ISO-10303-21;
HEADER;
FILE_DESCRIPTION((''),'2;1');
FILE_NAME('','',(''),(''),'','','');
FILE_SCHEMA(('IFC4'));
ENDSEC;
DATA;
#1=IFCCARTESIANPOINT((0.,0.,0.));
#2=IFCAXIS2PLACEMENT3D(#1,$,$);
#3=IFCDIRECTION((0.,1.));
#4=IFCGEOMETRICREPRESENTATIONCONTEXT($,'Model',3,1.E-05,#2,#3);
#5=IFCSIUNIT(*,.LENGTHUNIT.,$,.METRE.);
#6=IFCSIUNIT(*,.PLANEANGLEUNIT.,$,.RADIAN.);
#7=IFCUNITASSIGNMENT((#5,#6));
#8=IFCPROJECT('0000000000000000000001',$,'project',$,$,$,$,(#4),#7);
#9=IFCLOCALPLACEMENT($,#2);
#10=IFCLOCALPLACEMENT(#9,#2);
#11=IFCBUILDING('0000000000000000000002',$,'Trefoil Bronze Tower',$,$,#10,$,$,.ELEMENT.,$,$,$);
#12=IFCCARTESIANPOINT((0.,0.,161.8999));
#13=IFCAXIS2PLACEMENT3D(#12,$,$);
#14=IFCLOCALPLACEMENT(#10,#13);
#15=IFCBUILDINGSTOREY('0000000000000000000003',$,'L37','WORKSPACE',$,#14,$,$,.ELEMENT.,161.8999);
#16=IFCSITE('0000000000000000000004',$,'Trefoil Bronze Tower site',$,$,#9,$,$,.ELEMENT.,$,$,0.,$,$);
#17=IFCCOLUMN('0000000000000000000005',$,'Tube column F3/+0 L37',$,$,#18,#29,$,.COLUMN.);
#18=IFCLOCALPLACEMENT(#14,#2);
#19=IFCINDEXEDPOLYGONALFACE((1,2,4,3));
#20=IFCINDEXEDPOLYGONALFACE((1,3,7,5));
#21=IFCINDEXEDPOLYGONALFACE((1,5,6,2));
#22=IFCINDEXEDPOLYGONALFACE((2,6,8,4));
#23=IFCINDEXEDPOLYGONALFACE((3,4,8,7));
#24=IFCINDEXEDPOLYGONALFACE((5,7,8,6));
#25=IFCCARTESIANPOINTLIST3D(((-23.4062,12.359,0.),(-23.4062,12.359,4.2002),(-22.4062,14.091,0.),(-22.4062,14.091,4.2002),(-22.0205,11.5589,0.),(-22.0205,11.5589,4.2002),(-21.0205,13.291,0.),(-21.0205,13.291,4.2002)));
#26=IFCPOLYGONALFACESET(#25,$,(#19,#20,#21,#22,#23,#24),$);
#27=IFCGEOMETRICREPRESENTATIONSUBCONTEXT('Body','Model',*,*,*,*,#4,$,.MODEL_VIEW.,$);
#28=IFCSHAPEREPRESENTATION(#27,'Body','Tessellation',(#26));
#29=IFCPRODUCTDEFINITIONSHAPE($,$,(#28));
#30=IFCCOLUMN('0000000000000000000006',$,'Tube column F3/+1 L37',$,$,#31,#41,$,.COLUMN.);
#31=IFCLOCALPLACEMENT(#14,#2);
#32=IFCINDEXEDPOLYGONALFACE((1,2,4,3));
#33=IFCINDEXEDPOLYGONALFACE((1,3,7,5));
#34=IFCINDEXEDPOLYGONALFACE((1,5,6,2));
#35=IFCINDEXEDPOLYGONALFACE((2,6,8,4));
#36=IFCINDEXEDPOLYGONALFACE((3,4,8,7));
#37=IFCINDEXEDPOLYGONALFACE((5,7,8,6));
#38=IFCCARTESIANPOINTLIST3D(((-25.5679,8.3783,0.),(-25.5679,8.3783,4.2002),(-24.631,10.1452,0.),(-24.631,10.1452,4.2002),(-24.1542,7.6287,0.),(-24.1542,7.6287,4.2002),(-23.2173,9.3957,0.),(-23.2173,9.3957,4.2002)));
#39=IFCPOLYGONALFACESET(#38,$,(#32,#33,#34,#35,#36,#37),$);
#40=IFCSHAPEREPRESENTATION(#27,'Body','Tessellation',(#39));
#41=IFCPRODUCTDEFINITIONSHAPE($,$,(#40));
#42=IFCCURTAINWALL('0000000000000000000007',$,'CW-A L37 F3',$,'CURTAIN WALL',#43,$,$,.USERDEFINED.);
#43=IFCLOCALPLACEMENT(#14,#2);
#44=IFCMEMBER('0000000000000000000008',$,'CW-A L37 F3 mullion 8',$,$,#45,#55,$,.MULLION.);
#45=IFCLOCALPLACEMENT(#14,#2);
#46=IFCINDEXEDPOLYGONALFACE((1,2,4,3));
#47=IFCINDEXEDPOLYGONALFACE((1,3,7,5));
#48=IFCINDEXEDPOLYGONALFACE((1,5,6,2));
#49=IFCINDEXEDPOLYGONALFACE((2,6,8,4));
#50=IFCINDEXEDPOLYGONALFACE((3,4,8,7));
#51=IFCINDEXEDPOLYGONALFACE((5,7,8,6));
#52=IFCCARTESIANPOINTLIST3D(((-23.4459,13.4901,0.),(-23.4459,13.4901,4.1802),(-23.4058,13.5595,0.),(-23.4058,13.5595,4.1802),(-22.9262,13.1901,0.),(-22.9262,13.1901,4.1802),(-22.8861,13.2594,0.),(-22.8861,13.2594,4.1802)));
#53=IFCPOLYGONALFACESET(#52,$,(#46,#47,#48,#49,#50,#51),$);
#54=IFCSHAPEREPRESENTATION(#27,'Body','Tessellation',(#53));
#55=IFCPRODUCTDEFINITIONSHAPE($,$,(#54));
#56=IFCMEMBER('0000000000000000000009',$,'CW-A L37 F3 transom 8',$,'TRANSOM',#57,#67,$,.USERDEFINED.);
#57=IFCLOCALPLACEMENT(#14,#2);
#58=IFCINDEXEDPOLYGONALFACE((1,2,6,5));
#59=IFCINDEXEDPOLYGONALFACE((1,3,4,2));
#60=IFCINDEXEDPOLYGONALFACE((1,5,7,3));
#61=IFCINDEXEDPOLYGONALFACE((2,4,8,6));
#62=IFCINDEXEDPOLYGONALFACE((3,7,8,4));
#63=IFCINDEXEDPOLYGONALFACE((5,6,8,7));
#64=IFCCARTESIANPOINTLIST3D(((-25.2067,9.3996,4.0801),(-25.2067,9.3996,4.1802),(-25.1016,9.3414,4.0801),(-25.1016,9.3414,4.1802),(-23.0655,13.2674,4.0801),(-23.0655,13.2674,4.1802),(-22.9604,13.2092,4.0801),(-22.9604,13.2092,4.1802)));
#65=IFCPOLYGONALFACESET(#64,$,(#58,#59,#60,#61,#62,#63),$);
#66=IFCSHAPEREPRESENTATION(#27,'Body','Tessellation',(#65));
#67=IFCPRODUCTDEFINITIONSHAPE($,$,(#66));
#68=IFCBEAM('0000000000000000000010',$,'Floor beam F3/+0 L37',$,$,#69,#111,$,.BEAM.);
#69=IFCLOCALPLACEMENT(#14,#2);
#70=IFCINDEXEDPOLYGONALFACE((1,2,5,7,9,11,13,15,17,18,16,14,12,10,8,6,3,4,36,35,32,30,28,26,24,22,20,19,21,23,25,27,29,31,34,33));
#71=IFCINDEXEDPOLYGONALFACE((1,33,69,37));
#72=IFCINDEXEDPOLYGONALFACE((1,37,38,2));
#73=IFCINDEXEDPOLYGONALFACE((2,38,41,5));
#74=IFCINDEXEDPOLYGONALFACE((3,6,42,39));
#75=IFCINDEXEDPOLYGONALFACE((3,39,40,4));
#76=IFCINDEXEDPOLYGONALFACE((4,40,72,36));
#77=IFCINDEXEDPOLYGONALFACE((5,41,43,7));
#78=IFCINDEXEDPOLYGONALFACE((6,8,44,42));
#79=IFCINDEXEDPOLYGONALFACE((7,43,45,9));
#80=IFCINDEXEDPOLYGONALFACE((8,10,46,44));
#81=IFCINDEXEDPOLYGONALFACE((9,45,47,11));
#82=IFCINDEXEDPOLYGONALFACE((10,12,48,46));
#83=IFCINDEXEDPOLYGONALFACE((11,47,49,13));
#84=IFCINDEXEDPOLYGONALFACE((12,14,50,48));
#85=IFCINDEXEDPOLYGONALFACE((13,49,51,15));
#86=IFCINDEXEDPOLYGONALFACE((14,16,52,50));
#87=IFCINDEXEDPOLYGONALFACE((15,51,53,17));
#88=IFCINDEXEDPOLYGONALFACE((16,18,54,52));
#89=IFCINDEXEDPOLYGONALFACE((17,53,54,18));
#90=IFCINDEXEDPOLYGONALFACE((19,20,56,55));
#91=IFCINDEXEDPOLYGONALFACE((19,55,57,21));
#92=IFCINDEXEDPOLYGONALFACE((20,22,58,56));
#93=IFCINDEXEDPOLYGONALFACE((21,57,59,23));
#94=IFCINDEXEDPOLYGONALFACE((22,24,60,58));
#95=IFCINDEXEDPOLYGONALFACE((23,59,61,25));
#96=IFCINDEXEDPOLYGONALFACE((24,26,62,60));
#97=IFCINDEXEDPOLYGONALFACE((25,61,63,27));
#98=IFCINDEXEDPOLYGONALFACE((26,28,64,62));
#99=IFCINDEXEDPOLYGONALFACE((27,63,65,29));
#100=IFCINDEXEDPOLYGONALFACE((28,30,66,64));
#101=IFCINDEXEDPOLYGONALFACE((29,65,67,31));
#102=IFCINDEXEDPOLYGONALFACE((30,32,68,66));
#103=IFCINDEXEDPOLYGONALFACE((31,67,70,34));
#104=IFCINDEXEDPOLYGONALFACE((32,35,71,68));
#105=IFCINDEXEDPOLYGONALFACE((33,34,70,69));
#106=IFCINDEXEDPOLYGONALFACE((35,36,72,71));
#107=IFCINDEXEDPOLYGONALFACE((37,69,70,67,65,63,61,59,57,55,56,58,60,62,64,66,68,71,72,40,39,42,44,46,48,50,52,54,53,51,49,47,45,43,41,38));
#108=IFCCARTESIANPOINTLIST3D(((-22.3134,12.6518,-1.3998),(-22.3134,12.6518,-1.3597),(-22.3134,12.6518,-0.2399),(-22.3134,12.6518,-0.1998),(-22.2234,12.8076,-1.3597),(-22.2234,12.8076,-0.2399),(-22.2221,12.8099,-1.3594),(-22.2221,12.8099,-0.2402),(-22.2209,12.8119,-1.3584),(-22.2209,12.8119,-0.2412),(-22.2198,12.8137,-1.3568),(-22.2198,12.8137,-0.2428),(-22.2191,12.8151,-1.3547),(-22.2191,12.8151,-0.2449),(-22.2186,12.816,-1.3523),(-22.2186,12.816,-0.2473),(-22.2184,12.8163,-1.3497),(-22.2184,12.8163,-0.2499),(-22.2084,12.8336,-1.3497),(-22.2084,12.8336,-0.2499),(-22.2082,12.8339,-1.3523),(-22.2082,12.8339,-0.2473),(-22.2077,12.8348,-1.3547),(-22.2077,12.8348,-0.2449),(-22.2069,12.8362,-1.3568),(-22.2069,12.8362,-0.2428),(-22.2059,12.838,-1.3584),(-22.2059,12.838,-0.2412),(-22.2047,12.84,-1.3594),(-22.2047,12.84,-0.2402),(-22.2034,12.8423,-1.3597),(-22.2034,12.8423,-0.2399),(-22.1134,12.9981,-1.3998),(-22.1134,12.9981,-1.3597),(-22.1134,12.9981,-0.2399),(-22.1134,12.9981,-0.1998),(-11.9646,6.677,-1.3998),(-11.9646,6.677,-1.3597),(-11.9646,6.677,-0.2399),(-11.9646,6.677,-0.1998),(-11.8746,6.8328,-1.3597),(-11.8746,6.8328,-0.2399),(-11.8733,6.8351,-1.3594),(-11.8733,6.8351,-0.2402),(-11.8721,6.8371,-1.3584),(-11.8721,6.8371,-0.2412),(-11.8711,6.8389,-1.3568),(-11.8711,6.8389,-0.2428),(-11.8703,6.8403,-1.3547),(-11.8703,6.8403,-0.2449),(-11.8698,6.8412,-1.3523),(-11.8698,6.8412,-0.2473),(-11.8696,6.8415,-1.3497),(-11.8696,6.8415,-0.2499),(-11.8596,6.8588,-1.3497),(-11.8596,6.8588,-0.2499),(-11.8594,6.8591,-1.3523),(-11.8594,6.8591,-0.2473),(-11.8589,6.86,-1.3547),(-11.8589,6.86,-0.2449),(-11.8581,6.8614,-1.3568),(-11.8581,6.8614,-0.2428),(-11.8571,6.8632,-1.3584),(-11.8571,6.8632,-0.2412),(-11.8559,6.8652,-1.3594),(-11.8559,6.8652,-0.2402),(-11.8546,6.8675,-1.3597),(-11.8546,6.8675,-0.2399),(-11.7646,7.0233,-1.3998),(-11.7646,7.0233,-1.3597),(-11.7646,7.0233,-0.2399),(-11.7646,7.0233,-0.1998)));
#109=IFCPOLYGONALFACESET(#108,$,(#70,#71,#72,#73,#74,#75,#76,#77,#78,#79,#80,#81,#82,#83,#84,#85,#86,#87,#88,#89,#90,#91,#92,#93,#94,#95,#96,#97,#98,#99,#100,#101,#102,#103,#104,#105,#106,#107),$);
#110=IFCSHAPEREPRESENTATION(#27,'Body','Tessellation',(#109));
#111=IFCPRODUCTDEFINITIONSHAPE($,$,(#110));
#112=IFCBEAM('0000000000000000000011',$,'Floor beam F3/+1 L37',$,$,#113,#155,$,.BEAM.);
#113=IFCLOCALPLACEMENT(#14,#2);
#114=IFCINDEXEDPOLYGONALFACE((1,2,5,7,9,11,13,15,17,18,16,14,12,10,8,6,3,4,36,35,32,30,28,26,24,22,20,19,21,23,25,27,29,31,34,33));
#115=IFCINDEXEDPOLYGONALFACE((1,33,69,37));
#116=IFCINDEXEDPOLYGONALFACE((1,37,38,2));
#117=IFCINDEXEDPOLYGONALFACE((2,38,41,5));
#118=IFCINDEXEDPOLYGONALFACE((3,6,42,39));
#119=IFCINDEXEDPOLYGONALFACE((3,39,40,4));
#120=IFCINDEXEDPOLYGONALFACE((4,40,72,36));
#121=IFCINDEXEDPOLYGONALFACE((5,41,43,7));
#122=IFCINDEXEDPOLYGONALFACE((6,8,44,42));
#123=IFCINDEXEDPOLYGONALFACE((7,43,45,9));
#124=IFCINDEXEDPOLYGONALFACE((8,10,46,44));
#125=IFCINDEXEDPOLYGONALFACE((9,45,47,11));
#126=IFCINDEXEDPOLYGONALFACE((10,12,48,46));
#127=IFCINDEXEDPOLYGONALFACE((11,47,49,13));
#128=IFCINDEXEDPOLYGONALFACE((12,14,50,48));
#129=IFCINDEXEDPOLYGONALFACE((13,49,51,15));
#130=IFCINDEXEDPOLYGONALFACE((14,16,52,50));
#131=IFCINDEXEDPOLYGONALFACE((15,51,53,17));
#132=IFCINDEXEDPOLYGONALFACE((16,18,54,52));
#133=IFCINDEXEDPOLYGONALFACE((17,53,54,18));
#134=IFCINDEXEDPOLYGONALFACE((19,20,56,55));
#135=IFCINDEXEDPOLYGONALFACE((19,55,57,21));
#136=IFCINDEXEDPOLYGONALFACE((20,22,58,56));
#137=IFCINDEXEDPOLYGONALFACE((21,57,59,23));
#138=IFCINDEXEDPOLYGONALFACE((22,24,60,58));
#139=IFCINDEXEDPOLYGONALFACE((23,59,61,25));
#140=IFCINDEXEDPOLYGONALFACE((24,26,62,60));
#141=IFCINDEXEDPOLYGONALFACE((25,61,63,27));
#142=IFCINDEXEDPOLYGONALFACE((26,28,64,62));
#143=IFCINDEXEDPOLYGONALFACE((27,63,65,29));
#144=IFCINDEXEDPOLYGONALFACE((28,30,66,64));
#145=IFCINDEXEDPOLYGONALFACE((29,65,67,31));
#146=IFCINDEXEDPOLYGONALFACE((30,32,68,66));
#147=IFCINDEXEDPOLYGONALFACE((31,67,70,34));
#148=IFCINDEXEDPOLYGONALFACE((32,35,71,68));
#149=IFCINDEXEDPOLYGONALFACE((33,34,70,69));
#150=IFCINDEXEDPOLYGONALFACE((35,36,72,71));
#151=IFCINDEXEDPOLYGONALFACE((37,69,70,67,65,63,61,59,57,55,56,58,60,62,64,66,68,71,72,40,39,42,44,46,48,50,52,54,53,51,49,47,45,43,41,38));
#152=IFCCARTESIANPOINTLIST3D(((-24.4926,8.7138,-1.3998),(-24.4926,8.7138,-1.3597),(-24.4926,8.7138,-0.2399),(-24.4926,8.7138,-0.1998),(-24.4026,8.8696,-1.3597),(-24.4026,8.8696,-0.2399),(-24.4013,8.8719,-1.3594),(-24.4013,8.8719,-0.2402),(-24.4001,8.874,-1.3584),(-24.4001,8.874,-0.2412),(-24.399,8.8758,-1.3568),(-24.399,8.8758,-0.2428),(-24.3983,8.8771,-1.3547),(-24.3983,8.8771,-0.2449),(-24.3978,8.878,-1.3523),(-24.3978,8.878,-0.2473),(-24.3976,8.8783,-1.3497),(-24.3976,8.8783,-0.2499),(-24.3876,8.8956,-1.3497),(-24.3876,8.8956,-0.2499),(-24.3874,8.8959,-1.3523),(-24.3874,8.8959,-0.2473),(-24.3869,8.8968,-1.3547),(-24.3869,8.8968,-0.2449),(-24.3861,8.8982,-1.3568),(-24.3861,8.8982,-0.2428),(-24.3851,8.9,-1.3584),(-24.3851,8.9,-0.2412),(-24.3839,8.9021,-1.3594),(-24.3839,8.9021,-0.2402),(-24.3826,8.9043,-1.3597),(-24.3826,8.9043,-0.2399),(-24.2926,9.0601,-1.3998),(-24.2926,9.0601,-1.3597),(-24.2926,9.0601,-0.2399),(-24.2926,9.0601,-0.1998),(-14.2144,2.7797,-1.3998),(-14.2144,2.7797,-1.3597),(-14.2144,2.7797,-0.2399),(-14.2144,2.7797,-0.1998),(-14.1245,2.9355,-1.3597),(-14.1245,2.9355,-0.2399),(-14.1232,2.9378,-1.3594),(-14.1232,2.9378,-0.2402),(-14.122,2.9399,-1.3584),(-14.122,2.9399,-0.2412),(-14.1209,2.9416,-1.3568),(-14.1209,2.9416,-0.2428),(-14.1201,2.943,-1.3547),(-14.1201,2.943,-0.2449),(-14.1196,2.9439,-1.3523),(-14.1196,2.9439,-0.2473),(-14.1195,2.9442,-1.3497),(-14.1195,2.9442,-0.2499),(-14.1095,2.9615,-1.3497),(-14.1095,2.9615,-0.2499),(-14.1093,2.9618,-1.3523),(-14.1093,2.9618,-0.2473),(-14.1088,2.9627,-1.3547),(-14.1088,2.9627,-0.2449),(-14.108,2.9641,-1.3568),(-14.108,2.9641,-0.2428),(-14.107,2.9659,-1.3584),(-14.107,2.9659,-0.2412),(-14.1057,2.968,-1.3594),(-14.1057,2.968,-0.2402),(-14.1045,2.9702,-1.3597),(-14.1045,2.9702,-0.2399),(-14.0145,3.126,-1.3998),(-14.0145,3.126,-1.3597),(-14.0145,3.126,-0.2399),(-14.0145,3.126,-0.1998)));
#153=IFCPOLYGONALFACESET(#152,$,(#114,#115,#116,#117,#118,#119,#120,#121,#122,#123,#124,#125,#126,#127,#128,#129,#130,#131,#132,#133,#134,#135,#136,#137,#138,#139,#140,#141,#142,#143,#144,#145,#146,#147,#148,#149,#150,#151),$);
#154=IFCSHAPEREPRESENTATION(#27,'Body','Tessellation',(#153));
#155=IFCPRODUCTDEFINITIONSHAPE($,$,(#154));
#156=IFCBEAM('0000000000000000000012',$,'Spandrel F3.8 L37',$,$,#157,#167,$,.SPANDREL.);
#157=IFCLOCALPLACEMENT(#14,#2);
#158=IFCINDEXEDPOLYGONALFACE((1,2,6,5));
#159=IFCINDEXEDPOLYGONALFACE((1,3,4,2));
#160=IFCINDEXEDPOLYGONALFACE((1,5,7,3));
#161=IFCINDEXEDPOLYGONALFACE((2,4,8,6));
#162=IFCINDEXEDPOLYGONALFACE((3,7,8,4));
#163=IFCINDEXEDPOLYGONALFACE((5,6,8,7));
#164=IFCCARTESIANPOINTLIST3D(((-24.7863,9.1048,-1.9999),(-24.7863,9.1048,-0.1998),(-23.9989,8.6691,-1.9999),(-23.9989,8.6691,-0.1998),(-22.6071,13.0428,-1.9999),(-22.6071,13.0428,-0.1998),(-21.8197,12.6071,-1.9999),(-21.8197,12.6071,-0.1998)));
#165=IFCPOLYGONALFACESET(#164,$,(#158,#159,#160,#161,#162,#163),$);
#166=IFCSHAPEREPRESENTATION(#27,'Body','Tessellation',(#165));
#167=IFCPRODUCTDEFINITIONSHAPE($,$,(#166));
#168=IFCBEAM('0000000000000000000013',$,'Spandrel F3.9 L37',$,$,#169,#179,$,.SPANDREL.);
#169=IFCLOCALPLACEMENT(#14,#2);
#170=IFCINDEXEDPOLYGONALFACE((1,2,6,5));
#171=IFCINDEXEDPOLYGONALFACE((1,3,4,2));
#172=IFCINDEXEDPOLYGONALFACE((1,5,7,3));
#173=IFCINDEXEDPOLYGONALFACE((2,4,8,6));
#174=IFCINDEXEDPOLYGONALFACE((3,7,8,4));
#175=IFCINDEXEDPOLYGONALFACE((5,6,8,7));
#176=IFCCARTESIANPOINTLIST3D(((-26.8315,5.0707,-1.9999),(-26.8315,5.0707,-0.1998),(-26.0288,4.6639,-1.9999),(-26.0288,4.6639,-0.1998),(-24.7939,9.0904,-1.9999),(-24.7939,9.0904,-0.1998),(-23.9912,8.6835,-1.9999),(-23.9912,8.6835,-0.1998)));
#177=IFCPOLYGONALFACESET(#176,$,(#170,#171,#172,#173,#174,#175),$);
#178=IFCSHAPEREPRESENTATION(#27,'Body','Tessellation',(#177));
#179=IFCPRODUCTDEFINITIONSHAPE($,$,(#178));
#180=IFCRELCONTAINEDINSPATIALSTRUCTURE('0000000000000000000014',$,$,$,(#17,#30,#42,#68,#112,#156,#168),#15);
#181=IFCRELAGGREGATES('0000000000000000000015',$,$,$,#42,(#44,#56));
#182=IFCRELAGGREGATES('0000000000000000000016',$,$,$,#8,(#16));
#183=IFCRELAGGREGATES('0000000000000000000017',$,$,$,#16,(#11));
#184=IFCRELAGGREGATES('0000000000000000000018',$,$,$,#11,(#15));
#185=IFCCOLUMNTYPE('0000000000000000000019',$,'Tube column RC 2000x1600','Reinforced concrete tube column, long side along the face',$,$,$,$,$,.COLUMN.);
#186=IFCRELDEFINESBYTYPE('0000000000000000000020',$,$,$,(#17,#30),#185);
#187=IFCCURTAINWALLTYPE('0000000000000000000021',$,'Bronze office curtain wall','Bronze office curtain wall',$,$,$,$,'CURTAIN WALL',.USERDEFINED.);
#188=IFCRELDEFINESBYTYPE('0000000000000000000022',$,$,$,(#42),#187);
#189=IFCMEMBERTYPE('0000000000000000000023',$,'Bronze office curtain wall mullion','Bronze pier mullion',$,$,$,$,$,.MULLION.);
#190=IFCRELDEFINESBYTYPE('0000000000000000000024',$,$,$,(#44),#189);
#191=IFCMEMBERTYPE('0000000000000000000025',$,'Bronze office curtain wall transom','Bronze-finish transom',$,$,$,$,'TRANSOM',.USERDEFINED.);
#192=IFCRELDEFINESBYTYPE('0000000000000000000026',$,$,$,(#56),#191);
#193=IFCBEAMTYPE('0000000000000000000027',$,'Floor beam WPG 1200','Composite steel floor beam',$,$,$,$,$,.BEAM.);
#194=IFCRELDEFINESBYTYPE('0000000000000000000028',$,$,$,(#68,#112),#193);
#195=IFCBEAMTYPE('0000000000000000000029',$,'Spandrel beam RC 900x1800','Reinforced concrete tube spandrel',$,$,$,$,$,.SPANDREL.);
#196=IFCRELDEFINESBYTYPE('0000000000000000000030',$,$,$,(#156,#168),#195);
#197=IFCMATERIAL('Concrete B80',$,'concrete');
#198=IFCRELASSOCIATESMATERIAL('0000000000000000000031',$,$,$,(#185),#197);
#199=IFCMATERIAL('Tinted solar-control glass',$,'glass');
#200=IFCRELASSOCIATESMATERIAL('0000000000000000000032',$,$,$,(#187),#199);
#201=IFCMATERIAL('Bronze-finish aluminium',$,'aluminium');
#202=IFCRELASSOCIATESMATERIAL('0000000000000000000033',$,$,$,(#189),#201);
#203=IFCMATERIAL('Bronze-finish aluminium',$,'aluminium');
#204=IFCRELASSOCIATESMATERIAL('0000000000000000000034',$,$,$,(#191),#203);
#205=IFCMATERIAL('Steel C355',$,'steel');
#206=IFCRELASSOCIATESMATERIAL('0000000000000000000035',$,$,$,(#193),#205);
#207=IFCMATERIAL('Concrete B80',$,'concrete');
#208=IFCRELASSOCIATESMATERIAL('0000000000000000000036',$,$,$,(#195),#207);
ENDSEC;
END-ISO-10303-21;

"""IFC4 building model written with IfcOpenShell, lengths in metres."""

from ifc_helpers import new_model, si_unit, direction, frame, origin, origin_2d, place, context, subcontext, project, spatial, rectangle, i_section, extrude, material, material_profile, profile_set, type_object, element, aggregate, save


model = new_model("IFC4")

# Units and contexts
model_context = context("Model", 3, precision=1e-05, world=origin(), true_north=direction((0.0, 1.0)))
body_context = subcontext(model_context, "Body", "Model", "MODEL_VIEW")
ifc_project = project(units=[si_unit("LENGTHUNIT", "METRE"), si_unit("PLANEANGLEUNIT", "RADIAN")], contexts=[model_context])

# Site, building, storey
site_placement = place(None, origin())
site = spatial("IfcSite", under=ifc_project, at=site_placement, Name="Trefoil Bronze Tower site", CompositionType="ELEMENT", RefElevation=0.0)
building_placement = place(site_placement, origin())
building = spatial("IfcBuilding", under=site, at=building_placement, Name="Trefoil Bronze Tower", CompositionType="ELEMENT")
storey_placement = place(building_placement, frame((0.0, 0.0, 161.8999)))
storey = spatial("IfcBuildingStorey", under=building, at=storey_placement, Name="L37", Description="WORKSPACE", CompositionType="ELEMENT", Elevation=161.8999)

# Columns
ifc_material_1 = material(Name="Concrete B80", Category="concrete")
ifc_material_profile_1 = material_profile(ifc_material_1, rectangle(XDim=2.0, YDim=1.6001, at=origin_2d()), Name="RC 2000x1600")
ifc_profile_set_1 = profile_set([ifc_material_profile_1], Name="Concrete B80")
column_type = type_object("IfcColumnType", Name="Tube column RC 2000x1600", Description="Reinforced concrete tube column, long side along the face", PredefinedType="COLUMN", material=ifc_profile_set_1)
for number, where, z_axis, x_axis, name in (
    (1, (-22.2134, 12.825, 0.0), (0.0, 0.0, 1.0), (-0.5, -0.866025, 0.0), "Tube column F3/+0 L37"),
    (2, (-24.3926, 8.887, 0.0), (0.0, 0.0, 1.0), (-0.468457, -0.883486, 0.0), "Tube column F3/+1 L37"),
):
    element("IfcColumn", number, at=place(storey_placement, frame(where, z_axis=z_axis, x_axis=x_axis)), inside=storey, type_object=column_type, Name=name, PredefinedType="COLUMN", context=body_context, shape_type="SweptSolid", body=[
        extrude(rectangle(XDim=2.0, YDim=1.6001, at=origin_2d()), origin(), (0.0, 0.0, 1.0), 4.2002),
    ])

# Curtain wall, members
ifc_material_2 = material(Name="Tinted solar-control glass", Category="glass")
curtain_wall_type = type_object("IfcCurtainWallType", Name="Bronze office curtain wall", Description="Bronze office curtain wall", ElementType="CURTAIN WALL", PredefinedType="USERDEFINED", material=ifc_material_2)
curtain_wall_placement = place(storey_placement, origin())
curtain_wall = element("IfcCurtainWall", 3, at=curtain_wall_placement, inside=storey, type_object=curtain_wall_type, Name="CW-A L37 F3", ObjectType="CURTAIN WALL", PredefinedType="USERDEFINED")
ifc_material_3 = material(Name="Bronze-finish aluminium", Category="aluminium")
ifc_material_profile_2 = material_profile(ifc_material_3, rectangle(XDim=0.6001, YDim=0.0801, at=origin_2d()), Name="CW-A mullion")
ifc_profile_set_2 = profile_set([ifc_material_profile_2], Name="Bronze-finish aluminium")
member_type_1 = type_object("IfcMemberType", Name="Bronze office curtain wall mullion", Description="Bronze pier mullion", PredefinedType="MULLION", material=ifc_profile_set_2)
member_1_placement = place(storey_placement, frame((-23.166, 13.3748, 0.0), z_axis=(0.0, 0.0, 1.0), x_axis=(0.866025, -0.5, 0.0)))
member_1 = element("IfcMember", 4, at=member_1_placement, type_object=member_type_1, Name="CW-A L37 F3 mullion 8", PredefinedType="MULLION", context=body_context, shape_type="SweptSolid", body=[
    extrude(rectangle(XDim=0.6001, YDim=0.0801, at=origin_2d()), origin(), (0.0, 0.0, 1.0), 4.1802),
])
ifc_material_4 = material(Name="Bronze-finish aluminium", Category="aluminium")
ifc_material_profile_3 = material_profile(ifc_material_4, rectangle(XDim=0.1201, YDim=0.1001, at=origin_2d()), Name="CW-A transom")
ifc_profile_set_3 = profile_set([ifc_material_profile_3], Name="Bronze-finish aluminium")
member_type_2 = type_object("IfcMemberType", Name="Bronze office curtain wall transom", Description="Bronze-finish transom", ElementType="TRANSOM", PredefinedType="USERDEFINED", material=ifc_profile_set_3)
member_2_placement = place(storey_placement, frame((-23.0129, 13.2383, 4.1301), z_axis=(-0.484329, -0.874886, 0.0), x_axis=(0.874886, -0.484329, 0.0)))
member_2 = element("IfcMember", 5, at=member_2_placement, type_object=member_type_2, Name="CW-A L37 F3 transom 8", ObjectType="TRANSOM", PredefinedType="USERDEFINED", context=body_context, shape_type="SweptSolid", body=[
    extrude(rectangle(XDim=0.1201, YDim=0.1001, at=origin_2d()), origin(), (0.0, 0.0, 1.0), 4.4209),
])

# Beams
ifc_material_5 = material(Name="Steel C355", Category="steel")
ifc_material_profile_4 = material_profile(ifc_material_5, i_section(OverallWidth=0.3999, OverallDepth=1.2, WebThickness=0.02, FlangeThickness=0.04, FilletRadius=0.01, at=origin_2d()), Name="WPG 1200")
ifc_profile_set_4 = profile_set([ifc_material_profile_4], Name="Steel C355")
beam_type_1 = type_object("IfcBeamType", Name="Floor beam WPG 1200", Description="Composite steel floor beam", PredefinedType="BEAM", material=ifc_profile_set_4)
beam_1_placement = place(storey_placement, frame((-22.2134, 12.825, -0.7998), z_axis=(0.866028, -0.499995, 0.0), x_axis=(0.499995, 0.866028, 0.0)))
element("IfcBeam", 6, at=beam_1_placement, inside=storey, type_object=beam_type_1, Name="Floor beam F3/+0 L37", PredefinedType="BEAM", context=body_context, shape_type="SweptSolid", body=[
    extrude(i_section(OverallWidth=0.3999, OverallDepth=1.2, WebThickness=0.02, FlangeThickness=0.04, FilletRadius=0.01, at=origin_2d()), origin(), (0.0, 0.0, 1.0), 11.9497),
])
beam_2_placement = place(storey_placement, frame((-24.3926, 8.887, -0.7998), z_axis=(0.866024, -0.500002, 0.0), x_axis=(0.500002, 0.866024, 0.0)))
element("IfcBeam", 7, at=beam_2_placement, inside=storey, type_object=beam_type_1, Name="Floor beam F3/+1 L37", PredefinedType="BEAM", context=body_context, shape_type="SweptSolid", body=[
    extrude(i_section(OverallWidth=0.3999, OverallDepth=1.2, WebThickness=0.02, FlangeThickness=0.04, FilletRadius=0.01, at=origin_2d()), origin(), (0.0, 0.0, 1.0), 11.8682),
])
ifc_material_6 = material(Name="Concrete B80", Category="concrete")
ifc_material_profile_5 = material_profile(ifc_material_6, rectangle(XDim=0.8999, YDim=1.8, at=origin_2d()), Name="RC 900x1800")
ifc_profile_set_5 = profile_set([ifc_material_profile_5], Name="Concrete B80")
beam_type_2 = type_object("IfcBeamType", Name="Spandrel beam RC 900x1800", Description="Reinforced concrete tube spandrel", PredefinedType="SPANDREL", material=ifc_profile_set_5)
beam_3_placement = place(storey_placement, frame((-22.2134, 12.825, -1.0999), z_axis=(-0.484187, -0.874965, 0.0), x_axis=(0.874965, -0.484187, 0.0)))
element("IfcBeam", 8, at=beam_3_placement, inside=storey, type_object=beam_type_2, Name="Spandrel F3.8 L37", PredefinedType="SPANDREL", context=body_context, shape_type="SweptSolid", body=[
    extrude(rectangle(XDim=0.8999, YDim=1.8, at=origin_2d()), origin(), (0.0, 0.0, 1.0), 4.5007),
])
beam_4_placement = place(storey_placement, frame((-24.3926, 8.887, -1.0999), z_axis=(-0.452126, -0.891954, 0.0), x_axis=(0.891954, -0.452126, 0.0)))
element("IfcBeam", 9, at=beam_4_placement, inside=storey, type_object=beam_type_2, Name="Spandrel F3.9 L37", PredefinedType="SPANDREL", context=body_context, shape_type="SweptSolid", body=[
    extrude(rectangle(XDim=0.8999, YDim=1.8, at=origin_2d()), origin(), (0.0, 0.0, 1.0), 4.5066),
])

aggregate(curtain_wall, [member_1, member_2])

save(model, "model.ifc")
